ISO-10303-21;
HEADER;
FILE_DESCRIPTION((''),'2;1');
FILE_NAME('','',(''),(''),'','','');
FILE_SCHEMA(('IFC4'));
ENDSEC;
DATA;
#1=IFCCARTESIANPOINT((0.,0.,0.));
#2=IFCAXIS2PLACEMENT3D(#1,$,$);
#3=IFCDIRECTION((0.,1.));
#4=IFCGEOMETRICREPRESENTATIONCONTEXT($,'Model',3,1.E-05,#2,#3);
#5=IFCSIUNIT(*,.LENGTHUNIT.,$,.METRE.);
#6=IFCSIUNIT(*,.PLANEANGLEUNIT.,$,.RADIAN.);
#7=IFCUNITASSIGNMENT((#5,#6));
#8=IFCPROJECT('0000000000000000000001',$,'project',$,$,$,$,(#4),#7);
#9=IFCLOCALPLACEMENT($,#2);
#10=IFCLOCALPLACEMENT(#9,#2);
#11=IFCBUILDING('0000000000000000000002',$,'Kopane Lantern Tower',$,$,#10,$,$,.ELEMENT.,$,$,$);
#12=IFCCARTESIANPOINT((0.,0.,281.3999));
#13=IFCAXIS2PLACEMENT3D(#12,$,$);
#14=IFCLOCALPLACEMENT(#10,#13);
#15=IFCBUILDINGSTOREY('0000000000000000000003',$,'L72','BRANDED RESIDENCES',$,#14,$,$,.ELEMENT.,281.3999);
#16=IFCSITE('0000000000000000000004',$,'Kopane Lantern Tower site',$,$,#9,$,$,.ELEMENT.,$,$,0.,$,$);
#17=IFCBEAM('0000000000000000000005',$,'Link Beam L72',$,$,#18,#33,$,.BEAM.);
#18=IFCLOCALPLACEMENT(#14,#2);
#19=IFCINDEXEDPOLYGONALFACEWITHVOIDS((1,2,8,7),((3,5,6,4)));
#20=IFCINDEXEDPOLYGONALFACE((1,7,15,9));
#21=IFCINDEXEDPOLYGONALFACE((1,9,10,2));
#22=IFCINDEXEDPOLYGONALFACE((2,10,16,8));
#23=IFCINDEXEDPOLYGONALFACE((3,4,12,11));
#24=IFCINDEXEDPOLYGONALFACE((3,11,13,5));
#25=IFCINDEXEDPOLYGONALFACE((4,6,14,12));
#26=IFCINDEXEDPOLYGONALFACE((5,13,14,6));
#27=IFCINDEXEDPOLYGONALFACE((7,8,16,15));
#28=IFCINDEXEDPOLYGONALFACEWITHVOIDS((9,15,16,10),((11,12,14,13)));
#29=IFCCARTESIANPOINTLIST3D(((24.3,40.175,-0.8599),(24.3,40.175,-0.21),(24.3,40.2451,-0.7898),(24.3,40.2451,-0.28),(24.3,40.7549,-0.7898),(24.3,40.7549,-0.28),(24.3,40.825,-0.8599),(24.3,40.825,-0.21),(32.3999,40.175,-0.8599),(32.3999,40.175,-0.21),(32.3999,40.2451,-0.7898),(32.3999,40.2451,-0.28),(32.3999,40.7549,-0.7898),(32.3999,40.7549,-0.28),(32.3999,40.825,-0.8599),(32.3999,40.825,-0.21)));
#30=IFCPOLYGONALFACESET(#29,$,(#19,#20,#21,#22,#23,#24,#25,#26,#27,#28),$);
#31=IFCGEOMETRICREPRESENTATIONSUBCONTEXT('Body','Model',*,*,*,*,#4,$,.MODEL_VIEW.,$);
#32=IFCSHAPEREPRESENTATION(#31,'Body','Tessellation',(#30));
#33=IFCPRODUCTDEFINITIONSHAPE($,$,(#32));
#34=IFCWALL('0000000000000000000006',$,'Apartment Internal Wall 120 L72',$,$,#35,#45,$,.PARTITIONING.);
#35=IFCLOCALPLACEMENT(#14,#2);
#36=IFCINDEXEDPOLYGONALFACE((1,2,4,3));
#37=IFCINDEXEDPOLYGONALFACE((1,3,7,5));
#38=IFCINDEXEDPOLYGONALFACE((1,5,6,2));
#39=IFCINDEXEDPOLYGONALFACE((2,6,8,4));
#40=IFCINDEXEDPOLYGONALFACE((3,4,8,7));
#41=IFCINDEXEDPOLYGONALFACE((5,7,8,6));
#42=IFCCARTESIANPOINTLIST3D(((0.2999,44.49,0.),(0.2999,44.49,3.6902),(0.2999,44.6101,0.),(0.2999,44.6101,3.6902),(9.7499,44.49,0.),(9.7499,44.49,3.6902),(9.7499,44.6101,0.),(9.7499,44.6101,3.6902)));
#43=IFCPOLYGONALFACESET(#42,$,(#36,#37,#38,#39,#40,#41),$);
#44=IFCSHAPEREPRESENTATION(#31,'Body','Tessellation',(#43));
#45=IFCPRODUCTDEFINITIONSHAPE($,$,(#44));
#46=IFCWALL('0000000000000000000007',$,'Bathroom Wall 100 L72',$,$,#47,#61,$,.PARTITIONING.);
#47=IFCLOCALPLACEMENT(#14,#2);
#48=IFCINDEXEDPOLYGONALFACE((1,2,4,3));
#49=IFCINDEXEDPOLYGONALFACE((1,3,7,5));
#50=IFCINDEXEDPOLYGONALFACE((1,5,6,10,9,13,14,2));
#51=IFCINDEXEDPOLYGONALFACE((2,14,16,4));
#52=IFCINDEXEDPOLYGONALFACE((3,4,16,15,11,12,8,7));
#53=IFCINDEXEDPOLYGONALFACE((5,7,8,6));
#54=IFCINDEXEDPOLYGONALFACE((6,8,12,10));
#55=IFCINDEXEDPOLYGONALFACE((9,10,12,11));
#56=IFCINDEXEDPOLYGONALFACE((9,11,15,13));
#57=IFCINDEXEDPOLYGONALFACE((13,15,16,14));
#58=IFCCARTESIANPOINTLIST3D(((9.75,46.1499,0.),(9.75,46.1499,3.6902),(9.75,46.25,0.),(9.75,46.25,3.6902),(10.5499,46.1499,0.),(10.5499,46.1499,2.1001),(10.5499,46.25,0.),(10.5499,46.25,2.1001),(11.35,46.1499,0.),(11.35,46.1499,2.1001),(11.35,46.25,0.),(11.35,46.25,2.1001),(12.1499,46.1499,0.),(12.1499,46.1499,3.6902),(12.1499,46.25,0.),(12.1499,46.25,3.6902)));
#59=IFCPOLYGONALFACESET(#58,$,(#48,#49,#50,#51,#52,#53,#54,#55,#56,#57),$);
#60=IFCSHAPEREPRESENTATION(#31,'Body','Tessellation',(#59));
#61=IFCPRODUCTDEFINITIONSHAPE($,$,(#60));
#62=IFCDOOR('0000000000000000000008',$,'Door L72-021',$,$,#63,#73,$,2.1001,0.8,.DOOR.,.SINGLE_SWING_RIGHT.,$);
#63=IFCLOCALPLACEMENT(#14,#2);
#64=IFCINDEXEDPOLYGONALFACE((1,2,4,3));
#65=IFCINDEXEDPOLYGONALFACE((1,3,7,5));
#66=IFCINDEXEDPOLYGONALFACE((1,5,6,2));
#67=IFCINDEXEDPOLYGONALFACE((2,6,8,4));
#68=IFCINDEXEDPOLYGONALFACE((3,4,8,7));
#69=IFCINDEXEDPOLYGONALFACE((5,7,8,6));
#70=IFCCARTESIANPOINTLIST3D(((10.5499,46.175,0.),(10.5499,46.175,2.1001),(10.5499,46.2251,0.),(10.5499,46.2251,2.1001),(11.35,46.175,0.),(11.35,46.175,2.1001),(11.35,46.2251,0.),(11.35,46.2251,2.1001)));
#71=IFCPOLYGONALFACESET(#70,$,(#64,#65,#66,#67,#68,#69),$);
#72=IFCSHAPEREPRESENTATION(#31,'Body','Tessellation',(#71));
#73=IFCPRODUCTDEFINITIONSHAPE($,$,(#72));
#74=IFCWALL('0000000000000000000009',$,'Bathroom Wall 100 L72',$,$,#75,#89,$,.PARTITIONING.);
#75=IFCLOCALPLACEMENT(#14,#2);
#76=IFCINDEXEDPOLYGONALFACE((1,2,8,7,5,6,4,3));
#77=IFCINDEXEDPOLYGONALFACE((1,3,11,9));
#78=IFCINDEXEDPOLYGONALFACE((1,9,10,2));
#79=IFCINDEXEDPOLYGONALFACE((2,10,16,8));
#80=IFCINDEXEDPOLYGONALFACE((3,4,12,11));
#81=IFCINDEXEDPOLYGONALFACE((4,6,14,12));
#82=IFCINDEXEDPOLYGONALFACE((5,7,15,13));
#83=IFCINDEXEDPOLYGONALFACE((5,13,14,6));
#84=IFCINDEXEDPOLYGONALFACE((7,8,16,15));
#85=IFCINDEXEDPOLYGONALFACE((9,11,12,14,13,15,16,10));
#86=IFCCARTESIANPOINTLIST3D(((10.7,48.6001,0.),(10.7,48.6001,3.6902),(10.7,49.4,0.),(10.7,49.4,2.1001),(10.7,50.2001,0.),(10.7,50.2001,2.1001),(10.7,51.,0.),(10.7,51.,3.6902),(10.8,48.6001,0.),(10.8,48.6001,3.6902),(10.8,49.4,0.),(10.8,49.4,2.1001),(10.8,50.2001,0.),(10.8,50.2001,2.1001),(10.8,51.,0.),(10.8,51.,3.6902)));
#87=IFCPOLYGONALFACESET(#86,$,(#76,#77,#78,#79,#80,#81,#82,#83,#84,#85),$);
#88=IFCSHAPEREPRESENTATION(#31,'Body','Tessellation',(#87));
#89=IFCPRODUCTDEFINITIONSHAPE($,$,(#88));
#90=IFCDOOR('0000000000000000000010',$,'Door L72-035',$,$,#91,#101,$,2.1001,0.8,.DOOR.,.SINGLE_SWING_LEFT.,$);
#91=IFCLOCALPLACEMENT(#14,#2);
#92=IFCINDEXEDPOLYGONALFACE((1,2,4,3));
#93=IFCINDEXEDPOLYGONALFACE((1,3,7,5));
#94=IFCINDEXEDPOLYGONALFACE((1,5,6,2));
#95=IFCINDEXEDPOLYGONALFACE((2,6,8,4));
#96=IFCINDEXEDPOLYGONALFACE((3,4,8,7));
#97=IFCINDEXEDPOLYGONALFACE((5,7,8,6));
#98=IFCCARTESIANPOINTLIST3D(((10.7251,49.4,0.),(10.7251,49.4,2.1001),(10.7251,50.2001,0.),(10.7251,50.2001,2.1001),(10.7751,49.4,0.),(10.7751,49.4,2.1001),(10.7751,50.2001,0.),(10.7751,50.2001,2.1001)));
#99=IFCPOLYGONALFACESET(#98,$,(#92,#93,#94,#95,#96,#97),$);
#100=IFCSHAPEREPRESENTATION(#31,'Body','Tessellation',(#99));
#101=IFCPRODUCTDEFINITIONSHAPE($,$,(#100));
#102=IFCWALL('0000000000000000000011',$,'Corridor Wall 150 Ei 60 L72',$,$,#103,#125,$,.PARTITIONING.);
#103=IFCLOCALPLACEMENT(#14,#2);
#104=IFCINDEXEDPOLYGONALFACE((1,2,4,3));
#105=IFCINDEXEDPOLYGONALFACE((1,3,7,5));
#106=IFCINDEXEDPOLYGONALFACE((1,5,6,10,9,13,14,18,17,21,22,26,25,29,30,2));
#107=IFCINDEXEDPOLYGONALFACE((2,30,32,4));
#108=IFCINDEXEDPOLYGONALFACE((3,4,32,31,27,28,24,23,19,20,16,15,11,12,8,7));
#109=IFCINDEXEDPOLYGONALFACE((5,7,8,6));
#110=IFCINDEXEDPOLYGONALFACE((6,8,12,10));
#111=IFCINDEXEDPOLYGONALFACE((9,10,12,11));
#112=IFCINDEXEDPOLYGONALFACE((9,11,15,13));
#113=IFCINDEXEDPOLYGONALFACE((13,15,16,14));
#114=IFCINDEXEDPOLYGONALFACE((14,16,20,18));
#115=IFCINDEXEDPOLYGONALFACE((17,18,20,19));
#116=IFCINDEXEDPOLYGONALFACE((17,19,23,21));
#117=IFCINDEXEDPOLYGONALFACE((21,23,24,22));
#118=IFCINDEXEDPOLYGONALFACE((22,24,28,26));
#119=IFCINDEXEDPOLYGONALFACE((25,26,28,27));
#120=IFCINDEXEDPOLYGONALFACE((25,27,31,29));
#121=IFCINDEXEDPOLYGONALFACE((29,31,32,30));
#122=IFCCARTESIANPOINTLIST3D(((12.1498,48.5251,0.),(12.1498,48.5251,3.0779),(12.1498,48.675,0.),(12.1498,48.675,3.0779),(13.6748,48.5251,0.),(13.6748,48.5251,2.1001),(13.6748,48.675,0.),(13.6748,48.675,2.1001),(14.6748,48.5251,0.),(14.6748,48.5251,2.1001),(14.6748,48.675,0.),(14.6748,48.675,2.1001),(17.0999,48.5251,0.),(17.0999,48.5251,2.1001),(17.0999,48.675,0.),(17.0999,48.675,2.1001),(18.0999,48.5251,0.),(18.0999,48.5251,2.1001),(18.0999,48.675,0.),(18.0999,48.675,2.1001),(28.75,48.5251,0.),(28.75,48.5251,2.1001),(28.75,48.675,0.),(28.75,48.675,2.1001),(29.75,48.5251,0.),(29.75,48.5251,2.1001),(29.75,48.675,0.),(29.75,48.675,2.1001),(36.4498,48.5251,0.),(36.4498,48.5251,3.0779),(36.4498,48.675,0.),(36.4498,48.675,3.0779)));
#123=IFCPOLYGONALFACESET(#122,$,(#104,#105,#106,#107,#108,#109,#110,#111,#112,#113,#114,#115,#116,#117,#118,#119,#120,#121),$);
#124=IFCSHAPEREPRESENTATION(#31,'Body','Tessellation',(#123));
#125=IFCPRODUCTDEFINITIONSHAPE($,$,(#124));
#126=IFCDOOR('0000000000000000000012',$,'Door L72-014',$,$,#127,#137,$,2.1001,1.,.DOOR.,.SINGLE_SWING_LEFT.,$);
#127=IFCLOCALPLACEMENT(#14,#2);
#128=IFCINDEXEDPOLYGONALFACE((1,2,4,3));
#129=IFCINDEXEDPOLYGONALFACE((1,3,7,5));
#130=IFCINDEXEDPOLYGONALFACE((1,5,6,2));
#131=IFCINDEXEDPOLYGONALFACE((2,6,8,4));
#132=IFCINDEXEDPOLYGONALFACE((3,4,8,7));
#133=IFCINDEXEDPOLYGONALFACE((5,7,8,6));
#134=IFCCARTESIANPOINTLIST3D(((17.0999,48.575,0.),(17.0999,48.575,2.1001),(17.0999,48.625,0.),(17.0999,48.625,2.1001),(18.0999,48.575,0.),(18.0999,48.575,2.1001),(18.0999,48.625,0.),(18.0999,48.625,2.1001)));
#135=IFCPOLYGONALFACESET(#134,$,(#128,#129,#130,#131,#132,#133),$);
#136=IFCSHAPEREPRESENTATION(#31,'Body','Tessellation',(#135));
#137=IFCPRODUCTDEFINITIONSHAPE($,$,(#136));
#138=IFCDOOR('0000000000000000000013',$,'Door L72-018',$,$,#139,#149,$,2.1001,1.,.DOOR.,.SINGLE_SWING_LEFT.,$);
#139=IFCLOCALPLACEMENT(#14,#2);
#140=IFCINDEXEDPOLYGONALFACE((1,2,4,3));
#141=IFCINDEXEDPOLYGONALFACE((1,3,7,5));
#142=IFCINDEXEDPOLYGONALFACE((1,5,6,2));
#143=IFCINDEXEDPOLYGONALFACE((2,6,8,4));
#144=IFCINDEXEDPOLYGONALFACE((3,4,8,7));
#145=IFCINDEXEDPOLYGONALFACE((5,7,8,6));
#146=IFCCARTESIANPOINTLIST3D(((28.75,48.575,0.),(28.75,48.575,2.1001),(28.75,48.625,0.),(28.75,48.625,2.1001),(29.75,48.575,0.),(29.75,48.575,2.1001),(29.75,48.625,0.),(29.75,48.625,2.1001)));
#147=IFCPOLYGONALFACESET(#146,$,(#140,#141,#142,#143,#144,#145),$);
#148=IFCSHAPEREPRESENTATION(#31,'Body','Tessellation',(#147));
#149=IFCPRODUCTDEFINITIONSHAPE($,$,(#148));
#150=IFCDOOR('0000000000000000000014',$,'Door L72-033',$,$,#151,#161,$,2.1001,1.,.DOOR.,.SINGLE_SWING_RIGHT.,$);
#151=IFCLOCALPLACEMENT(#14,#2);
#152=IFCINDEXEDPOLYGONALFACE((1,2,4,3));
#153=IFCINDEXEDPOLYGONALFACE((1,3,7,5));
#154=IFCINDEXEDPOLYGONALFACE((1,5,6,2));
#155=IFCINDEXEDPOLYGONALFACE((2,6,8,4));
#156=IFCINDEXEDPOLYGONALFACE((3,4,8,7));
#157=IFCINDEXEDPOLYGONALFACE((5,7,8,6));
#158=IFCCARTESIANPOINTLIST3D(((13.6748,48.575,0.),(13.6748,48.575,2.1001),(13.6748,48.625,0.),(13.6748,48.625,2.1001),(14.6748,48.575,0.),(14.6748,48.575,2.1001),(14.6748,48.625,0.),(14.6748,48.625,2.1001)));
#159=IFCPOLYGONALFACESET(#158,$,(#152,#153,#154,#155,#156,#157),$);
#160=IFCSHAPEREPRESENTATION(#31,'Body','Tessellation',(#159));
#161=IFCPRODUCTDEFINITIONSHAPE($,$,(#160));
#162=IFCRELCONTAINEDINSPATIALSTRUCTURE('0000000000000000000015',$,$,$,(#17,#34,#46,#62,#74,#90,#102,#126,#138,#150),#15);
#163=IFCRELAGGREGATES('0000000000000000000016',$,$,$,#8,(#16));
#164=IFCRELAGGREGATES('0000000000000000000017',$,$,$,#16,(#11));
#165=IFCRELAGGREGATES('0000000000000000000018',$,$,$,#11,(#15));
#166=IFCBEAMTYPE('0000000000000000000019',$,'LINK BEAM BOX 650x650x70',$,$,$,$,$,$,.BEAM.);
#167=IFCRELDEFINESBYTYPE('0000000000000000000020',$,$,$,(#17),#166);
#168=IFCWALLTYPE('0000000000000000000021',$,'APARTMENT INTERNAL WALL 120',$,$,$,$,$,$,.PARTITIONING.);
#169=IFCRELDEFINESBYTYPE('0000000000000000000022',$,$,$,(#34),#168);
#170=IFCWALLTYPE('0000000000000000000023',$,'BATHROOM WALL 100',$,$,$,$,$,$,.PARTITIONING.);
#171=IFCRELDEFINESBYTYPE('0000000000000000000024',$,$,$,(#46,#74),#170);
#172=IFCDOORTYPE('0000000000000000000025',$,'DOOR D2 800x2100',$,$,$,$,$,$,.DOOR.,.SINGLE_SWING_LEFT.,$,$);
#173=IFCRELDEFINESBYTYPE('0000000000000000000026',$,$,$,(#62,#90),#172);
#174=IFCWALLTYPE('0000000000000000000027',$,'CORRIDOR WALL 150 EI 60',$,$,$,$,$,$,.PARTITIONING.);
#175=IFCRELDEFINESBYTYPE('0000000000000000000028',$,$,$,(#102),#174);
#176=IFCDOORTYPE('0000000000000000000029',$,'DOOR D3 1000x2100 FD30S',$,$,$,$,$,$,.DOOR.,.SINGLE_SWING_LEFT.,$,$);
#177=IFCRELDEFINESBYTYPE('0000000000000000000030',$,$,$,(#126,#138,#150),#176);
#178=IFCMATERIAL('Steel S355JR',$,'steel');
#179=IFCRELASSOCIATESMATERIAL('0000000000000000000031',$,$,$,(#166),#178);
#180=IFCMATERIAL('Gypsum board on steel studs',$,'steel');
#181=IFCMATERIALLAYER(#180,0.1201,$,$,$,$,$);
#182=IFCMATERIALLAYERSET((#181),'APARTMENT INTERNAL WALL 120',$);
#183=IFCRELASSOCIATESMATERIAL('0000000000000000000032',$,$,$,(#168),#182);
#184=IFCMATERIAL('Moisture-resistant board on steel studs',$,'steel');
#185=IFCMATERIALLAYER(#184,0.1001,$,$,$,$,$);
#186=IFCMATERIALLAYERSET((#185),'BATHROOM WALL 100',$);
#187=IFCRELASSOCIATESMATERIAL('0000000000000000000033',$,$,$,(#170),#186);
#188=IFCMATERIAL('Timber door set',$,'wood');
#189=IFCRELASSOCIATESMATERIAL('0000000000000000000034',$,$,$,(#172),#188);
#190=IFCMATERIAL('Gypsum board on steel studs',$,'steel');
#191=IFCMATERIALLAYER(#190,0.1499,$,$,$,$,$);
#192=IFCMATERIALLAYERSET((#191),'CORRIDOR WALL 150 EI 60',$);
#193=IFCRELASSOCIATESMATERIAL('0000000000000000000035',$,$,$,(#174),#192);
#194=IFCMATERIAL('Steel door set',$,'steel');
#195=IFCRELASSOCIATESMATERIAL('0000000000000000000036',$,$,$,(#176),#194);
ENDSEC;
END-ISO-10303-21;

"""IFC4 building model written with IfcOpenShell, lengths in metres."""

from ifc_helpers import new_model, si_unit, direction, frame, frame_2d, origin, origin_2d, place, context, subcontext, project, spatial, rectangle, hollow_rectangle, extrude, material, layer, layer_set, material_profile, profile_set, type_object, element, fill, save


model = new_model("IFC4")

# Units and contexts
model_context = context("Model", 3, precision=1e-05, world=origin(), true_north=direction((0.0, 1.0)))
body_context = subcontext(model_context, "Body", "Model", "MODEL_VIEW")
ifc_project = project(units=[si_unit("LENGTHUNIT", "METRE"), si_unit("PLANEANGLEUNIT", "RADIAN")], contexts=[model_context])

# Site, building, storey
site_placement = place(None, origin())
site = spatial("IfcSite", under=ifc_project, at=site_placement, Name="Kopane Lantern Tower site", CompositionType="ELEMENT", RefElevation=0.0)
building_placement = place(site_placement, origin())
building = spatial("IfcBuilding", under=site, at=building_placement, Name="Kopane Lantern Tower", CompositionType="ELEMENT")
storey_placement = place(building_placement, frame((0.0, 0.0, 281.3999)))
storey = spatial("IfcBuildingStorey", under=building, at=storey_placement, Name="L72", Description="BRANDED RESIDENCES", CompositionType="ELEMENT", Elevation=281.3999)

# Beam
ifc_material_1 = material(Name="Steel S355JR", Category="steel")
ifc_material_profile_1 = material_profile(ifc_material_1, hollow_rectangle(XDim=0.6499, YDim=0.6499, WallThickness=0.0701, at=origin_2d()), Name="BOX 650x650x70")
ifc_profile_set_1 = profile_set([ifc_material_profile_1], Name="Steel S355JR")
beam_type_1 = type_object("IfcBeamType", Name="LINK BEAM BOX 650x650x70", PredefinedType="BEAM", material=ifc_profile_set_1)
beam_1_placement = place(storey_placement, frame((24.3, 40.5, -0.5349), z_axis=(1.0, 0.0, 0.0), x_axis=(0.0, 1.0, 0.0)))
element("IfcBeam", 1, at=beam_1_placement, inside=storey, type_object=beam_type_1, Name="Link Beam L72", PredefinedType="BEAM", context=body_context, shape_type="SweptSolid", body=[
    extrude(hollow_rectangle(XDim=0.6499, YDim=0.6499, WallThickness=0.0701, at=origin_2d()), origin(), (0.0, 0.0, 1.0), 8.0999),
])

# Wall
ifc_material_2 = material(Name="Gypsum board on steel studs", Category="steel")
ifc_layer_1 = layer(ifc_material_2, 0.1201)
ifc_layer_set_1 = layer_set([ifc_layer_1], Name="APARTMENT INTERNAL WALL 120")
wall_type_1 = type_object("IfcWallType", Name="APARTMENT INTERNAL WALL 120", PredefinedType="PARTITIONING", material=ifc_layer_set_1)
wall_1_placement = place(storey_placement, frame((9.75, 44.55, 0.0), z_axis=(0.0, 0.0, 1.0), x_axis=(-1.0, 0.0, 0.0)))
element("IfcWall", 2, at=wall_1_placement, inside=storey, type_object=wall_type_1, Name="Apartment Internal Wall 120 L72", PredefinedType="PARTITIONING", context=body_context, shape_type="SweptSolid", body=[
    extrude(rectangle(XDim=9.45, YDim=0.1201, at=frame_2d((4.7251, 0.0))), origin(), (0.0, 0.0, 1.0), 3.6902),
])

# Walls, openings, doors
ifc_material_3 = material(Name="Moisture-resistant board on steel studs", Category="steel")
ifc_layer_2 = layer(ifc_material_3, 0.1001)
ifc_layer_set_2 = layer_set([ifc_layer_2], Name="BATHROOM WALL 100")
wall_type_2 = type_object("IfcWallType", Name="BATHROOM WALL 100", PredefinedType="PARTITIONING", material=ifc_layer_set_2)
wall_2_placement = place(storey_placement, frame((12.1499, 46.2, 0.0), z_axis=(0.0, 0.0, 1.0), x_axis=(-1.0, 0.0, 0.0)))
wall_2 = element("IfcWall", 3, at=wall_2_placement, inside=storey, type_object=wall_type_2, Name="Bathroom Wall 100 L72", PredefinedType="PARTITIONING", context=body_context, shape_type="SweptSolid", body=[
    extrude(rectangle(XDim=2.3999, YDim=0.1001, at=frame_2d((1.2, 0.0))), origin(), (0.0, 0.0, 1.0), 3.6902),
])
opening_1_placement = place(wall_2_placement, frame((0.8, 0.0, 0.0)))
opening_1 = element("IfcOpeningElement", 4, at=opening_1_placement, cuts=wall_2, PredefinedType="OPENING", context=body_context, shape_type="SweptSolid", body=[
    extrude(rectangle(XDim=0.8, YDim=2.1001, at=frame_2d((0.3999, 1.05))), frame((0.0, 0.0601, 0.0), z_axis=(0.0, -1.0, 0.0), x_axis=(1.0, 0.0, 0.0)), (0.0, 0.0, 1.0), 0.1201),
])
ifc_material_4 = material(Name="Timber door set", Category="wood")
door_type_1 = type_object("IfcDoorType", Name="DOOR D2 800x2100", OperationType="SINGLE_SWING_LEFT", PredefinedType="DOOR", material=ifc_material_4)
door_1_placement = place(opening_1_placement, origin())
door_1 = element("IfcDoor", 5, at=door_1_placement, inside=storey, type_object=door_type_1, Name="Door L72-021", OperationType="SINGLE_SWING_RIGHT", OverallHeight=2.1001, OverallWidth=0.8, PredefinedType="DOOR", context=body_context, shape_type="SweptSolid", body=[
    extrude(rectangle(XDim=0.8, YDim=2.1001, at=frame_2d((0.3999, 1.05))), frame((0.0, 0.0249, 0.0), z_axis=(0.0, -1.0, 0.0), x_axis=(1.0, 0.0, 0.0)), (0.0, 0.0, 1.0), 0.05),
])
fill(opening_1, door_1)
wall_3_placement = place(storey_placement, frame((10.75, 48.6001, 0.0), z_axis=(0.0, 0.0, 1.0), x_axis=(0.0, 1.0, 0.0)))
wall_3 = element("IfcWall", 6, at=wall_3_placement, inside=storey, type_object=wall_type_2, Name="Bathroom Wall 100 L72", PredefinedType="PARTITIONING", context=body_context, shape_type="SweptSolid", body=[
    extrude(rectangle(XDim=2.3999, YDim=0.1001, at=frame_2d((1.2, 0.0))), origin(), (0.0, 0.0, 1.0), 3.6902),
])
opening_2_placement = place(wall_3_placement, frame((0.8, 0.0, 0.0)))
opening_2 = element("IfcOpeningElement", 7, at=opening_2_placement, cuts=wall_3, PredefinedType="OPENING", context=body_context, shape_type="SweptSolid", body=[
    extrude(rectangle(XDim=0.8, YDim=2.1001, at=frame_2d((0.3999, 1.05))), frame((0.0, 0.0601, 0.0), z_axis=(0.0, -1.0, 0.0), x_axis=(1.0, 0.0, 0.0)), (0.0, 0.0, 1.0), 0.1201),
])
door_2_placement = place(opening_2_placement, origin())
door_2 = element("IfcDoor", 8, at=door_2_placement, inside=storey, type_object=door_type_1, Name="Door L72-035", OperationType="SINGLE_SWING_LEFT", OverallHeight=2.1001, OverallWidth=0.8, PredefinedType="DOOR", context=body_context, shape_type="SweptSolid", body=[
    extrude(rectangle(XDim=0.8, YDim=2.1001, at=frame_2d((0.3999, 1.05))), frame((0.0, 0.0249, 0.0), z_axis=(0.0, -1.0, 0.0), x_axis=(1.0, 0.0, 0.0)), (0.0, 0.0, 1.0), 0.05),
])
fill(opening_2, door_2)

# Wall, openings, doors
ifc_material_5 = material(Name="Gypsum board on steel studs", Category="steel")
ifc_layer_3 = layer(ifc_material_5, 0.1499)
ifc_layer_set_3 = layer_set([ifc_layer_3], Name="CORRIDOR WALL 150 EI 60")
wall_type_3 = type_object("IfcWallType", Name="CORRIDOR WALL 150 EI 60", PredefinedType="PARTITIONING", material=ifc_layer_set_3)
wall_4_placement = place(storey_placement, frame((12.1499, 48.6001, 0.0), z_axis=(0.0, 0.0, 1.0), x_axis=(1.0, 0.0, 0.0)))
wall_4 = element("IfcWall", 9, at=wall_4_placement, inside=storey, type_object=wall_type_3, Name="Corridor Wall 150 Ei 60 L72", PredefinedType="PARTITIONING", context=body_context, shape_type="SweptSolid", body=[
    extrude(rectangle(XDim=24.3, YDim=0.1499, at=frame_2d((12.1499, 0.0))), origin(), (0.0, 0.0, 1.0), 3.0779),
])
opening_3_placement = place(wall_4_placement, frame((4.95, 0.0, 0.0)))
opening_3 = element("IfcOpeningElement", 10, at=opening_3_placement, cuts=wall_4, PredefinedType="OPENING", context=body_context, shape_type="SweptSolid", body=[
    extrude(rectangle(XDim=1.0, YDim=2.1001, at=frame_2d((0.5, 1.05))), frame((0.0, 0.085, 0.0), z_axis=(0.0, -1.0, 0.0), x_axis=(1.0, 0.0, 0.0)), (0.0, 0.0, 1.0), 0.1699),
])
opening_4_placement = place(wall_4_placement, frame((16.6001, 0.0, 0.0)))
opening_4 = element("IfcOpeningElement", 11, at=opening_4_placement, cuts=wall_4, PredefinedType="OPENING", context=body_context, shape_type="SweptSolid", body=[
    extrude(rectangle(XDim=1.0, YDim=2.1001, at=frame_2d((0.5, 1.05))), frame((0.0, 0.085, 0.0), z_axis=(0.0, -1.0, 0.0), x_axis=(1.0, 0.0, 0.0)), (0.0, 0.0, 1.0), 0.1699),
])
opening_5_placement = place(wall_4_placement, frame((1.5249, 0.0, 0.0)))
opening_5 = element("IfcOpeningElement", 12, at=opening_5_placement, cuts=wall_4, PredefinedType="OPENING", context=body_context, shape_type="SweptSolid", body=[
    extrude(rectangle(XDim=1.0, YDim=2.1001, at=frame_2d((0.5, 1.05))), frame((0.0, 0.085, 0.0), z_axis=(0.0, -1.0, 0.0), x_axis=(1.0, 0.0, 0.0)), (0.0, 0.0, 1.0), 0.1699),
])
ifc_material_6 = material(Name="Steel door set", Category="steel")
door_type_2 = type_object("IfcDoorType", Name="DOOR D3 1000x2100 FD30S", OperationType="SINGLE_SWING_LEFT", PredefinedType="DOOR", material=ifc_material_6)
door_3_placement = place(opening_3_placement, origin())
door_3 = element("IfcDoor", 13, at=door_3_placement, inside=storey, type_object=door_type_2, Name="Door L72-014", OperationType="SINGLE_SWING_LEFT", OverallHeight=2.1001, OverallWidth=1.0, PredefinedType="DOOR", context=body_context, shape_type="SweptSolid", body=[
    extrude(rectangle(XDim=1.0, YDim=2.1001, at=frame_2d((0.5, 1.05))), frame((0.0, 0.0249, 0.0), z_axis=(0.0, -1.0, 0.0), x_axis=(1.0, 0.0, 0.0)), (0.0, 0.0, 1.0), 0.05),
])
fill(opening_3, door_3)
door_4_placement = place(opening_4_placement, origin())
door_4 = element("IfcDoor", 14, at=door_4_placement, inside=storey, type_object=door_type_2, Name="Door L72-018", OperationType="SINGLE_SWING_LEFT", OverallHeight=2.1001, OverallWidth=1.0, PredefinedType="DOOR", context=body_context, shape_type="SweptSolid", body=[
    extrude(rectangle(XDim=1.0, YDim=2.1001, at=frame_2d((0.5, 1.05))), frame((0.0, 0.0249, 0.0), z_axis=(0.0, -1.0, 0.0), x_axis=(1.0, 0.0, 0.0)), (0.0, 0.0, 1.0), 0.05),
])
fill(opening_4, door_4)
door_5_placement = place(opening_5_placement, origin())
door_5 = element("IfcDoor", 15, at=door_5_placement, inside=storey, type_object=door_type_2, Name="Door L72-033", OperationType="SINGLE_SWING_RIGHT", OverallHeight=2.1001, OverallWidth=1.0, PredefinedType="DOOR", context=body_context, shape_type="SweptSolid", body=[
    extrude(rectangle(XDim=1.0, YDim=2.1001, at=frame_2d((0.5, 1.05))), frame((0.0, 0.0249, 0.0), z_axis=(0.0, -1.0, 0.0), x_axis=(1.0, 0.0, 0.0)), (0.0, 0.0, 1.0), 0.05),
])
fill(opening_5, door_5)

save(model, "model.ifc")
